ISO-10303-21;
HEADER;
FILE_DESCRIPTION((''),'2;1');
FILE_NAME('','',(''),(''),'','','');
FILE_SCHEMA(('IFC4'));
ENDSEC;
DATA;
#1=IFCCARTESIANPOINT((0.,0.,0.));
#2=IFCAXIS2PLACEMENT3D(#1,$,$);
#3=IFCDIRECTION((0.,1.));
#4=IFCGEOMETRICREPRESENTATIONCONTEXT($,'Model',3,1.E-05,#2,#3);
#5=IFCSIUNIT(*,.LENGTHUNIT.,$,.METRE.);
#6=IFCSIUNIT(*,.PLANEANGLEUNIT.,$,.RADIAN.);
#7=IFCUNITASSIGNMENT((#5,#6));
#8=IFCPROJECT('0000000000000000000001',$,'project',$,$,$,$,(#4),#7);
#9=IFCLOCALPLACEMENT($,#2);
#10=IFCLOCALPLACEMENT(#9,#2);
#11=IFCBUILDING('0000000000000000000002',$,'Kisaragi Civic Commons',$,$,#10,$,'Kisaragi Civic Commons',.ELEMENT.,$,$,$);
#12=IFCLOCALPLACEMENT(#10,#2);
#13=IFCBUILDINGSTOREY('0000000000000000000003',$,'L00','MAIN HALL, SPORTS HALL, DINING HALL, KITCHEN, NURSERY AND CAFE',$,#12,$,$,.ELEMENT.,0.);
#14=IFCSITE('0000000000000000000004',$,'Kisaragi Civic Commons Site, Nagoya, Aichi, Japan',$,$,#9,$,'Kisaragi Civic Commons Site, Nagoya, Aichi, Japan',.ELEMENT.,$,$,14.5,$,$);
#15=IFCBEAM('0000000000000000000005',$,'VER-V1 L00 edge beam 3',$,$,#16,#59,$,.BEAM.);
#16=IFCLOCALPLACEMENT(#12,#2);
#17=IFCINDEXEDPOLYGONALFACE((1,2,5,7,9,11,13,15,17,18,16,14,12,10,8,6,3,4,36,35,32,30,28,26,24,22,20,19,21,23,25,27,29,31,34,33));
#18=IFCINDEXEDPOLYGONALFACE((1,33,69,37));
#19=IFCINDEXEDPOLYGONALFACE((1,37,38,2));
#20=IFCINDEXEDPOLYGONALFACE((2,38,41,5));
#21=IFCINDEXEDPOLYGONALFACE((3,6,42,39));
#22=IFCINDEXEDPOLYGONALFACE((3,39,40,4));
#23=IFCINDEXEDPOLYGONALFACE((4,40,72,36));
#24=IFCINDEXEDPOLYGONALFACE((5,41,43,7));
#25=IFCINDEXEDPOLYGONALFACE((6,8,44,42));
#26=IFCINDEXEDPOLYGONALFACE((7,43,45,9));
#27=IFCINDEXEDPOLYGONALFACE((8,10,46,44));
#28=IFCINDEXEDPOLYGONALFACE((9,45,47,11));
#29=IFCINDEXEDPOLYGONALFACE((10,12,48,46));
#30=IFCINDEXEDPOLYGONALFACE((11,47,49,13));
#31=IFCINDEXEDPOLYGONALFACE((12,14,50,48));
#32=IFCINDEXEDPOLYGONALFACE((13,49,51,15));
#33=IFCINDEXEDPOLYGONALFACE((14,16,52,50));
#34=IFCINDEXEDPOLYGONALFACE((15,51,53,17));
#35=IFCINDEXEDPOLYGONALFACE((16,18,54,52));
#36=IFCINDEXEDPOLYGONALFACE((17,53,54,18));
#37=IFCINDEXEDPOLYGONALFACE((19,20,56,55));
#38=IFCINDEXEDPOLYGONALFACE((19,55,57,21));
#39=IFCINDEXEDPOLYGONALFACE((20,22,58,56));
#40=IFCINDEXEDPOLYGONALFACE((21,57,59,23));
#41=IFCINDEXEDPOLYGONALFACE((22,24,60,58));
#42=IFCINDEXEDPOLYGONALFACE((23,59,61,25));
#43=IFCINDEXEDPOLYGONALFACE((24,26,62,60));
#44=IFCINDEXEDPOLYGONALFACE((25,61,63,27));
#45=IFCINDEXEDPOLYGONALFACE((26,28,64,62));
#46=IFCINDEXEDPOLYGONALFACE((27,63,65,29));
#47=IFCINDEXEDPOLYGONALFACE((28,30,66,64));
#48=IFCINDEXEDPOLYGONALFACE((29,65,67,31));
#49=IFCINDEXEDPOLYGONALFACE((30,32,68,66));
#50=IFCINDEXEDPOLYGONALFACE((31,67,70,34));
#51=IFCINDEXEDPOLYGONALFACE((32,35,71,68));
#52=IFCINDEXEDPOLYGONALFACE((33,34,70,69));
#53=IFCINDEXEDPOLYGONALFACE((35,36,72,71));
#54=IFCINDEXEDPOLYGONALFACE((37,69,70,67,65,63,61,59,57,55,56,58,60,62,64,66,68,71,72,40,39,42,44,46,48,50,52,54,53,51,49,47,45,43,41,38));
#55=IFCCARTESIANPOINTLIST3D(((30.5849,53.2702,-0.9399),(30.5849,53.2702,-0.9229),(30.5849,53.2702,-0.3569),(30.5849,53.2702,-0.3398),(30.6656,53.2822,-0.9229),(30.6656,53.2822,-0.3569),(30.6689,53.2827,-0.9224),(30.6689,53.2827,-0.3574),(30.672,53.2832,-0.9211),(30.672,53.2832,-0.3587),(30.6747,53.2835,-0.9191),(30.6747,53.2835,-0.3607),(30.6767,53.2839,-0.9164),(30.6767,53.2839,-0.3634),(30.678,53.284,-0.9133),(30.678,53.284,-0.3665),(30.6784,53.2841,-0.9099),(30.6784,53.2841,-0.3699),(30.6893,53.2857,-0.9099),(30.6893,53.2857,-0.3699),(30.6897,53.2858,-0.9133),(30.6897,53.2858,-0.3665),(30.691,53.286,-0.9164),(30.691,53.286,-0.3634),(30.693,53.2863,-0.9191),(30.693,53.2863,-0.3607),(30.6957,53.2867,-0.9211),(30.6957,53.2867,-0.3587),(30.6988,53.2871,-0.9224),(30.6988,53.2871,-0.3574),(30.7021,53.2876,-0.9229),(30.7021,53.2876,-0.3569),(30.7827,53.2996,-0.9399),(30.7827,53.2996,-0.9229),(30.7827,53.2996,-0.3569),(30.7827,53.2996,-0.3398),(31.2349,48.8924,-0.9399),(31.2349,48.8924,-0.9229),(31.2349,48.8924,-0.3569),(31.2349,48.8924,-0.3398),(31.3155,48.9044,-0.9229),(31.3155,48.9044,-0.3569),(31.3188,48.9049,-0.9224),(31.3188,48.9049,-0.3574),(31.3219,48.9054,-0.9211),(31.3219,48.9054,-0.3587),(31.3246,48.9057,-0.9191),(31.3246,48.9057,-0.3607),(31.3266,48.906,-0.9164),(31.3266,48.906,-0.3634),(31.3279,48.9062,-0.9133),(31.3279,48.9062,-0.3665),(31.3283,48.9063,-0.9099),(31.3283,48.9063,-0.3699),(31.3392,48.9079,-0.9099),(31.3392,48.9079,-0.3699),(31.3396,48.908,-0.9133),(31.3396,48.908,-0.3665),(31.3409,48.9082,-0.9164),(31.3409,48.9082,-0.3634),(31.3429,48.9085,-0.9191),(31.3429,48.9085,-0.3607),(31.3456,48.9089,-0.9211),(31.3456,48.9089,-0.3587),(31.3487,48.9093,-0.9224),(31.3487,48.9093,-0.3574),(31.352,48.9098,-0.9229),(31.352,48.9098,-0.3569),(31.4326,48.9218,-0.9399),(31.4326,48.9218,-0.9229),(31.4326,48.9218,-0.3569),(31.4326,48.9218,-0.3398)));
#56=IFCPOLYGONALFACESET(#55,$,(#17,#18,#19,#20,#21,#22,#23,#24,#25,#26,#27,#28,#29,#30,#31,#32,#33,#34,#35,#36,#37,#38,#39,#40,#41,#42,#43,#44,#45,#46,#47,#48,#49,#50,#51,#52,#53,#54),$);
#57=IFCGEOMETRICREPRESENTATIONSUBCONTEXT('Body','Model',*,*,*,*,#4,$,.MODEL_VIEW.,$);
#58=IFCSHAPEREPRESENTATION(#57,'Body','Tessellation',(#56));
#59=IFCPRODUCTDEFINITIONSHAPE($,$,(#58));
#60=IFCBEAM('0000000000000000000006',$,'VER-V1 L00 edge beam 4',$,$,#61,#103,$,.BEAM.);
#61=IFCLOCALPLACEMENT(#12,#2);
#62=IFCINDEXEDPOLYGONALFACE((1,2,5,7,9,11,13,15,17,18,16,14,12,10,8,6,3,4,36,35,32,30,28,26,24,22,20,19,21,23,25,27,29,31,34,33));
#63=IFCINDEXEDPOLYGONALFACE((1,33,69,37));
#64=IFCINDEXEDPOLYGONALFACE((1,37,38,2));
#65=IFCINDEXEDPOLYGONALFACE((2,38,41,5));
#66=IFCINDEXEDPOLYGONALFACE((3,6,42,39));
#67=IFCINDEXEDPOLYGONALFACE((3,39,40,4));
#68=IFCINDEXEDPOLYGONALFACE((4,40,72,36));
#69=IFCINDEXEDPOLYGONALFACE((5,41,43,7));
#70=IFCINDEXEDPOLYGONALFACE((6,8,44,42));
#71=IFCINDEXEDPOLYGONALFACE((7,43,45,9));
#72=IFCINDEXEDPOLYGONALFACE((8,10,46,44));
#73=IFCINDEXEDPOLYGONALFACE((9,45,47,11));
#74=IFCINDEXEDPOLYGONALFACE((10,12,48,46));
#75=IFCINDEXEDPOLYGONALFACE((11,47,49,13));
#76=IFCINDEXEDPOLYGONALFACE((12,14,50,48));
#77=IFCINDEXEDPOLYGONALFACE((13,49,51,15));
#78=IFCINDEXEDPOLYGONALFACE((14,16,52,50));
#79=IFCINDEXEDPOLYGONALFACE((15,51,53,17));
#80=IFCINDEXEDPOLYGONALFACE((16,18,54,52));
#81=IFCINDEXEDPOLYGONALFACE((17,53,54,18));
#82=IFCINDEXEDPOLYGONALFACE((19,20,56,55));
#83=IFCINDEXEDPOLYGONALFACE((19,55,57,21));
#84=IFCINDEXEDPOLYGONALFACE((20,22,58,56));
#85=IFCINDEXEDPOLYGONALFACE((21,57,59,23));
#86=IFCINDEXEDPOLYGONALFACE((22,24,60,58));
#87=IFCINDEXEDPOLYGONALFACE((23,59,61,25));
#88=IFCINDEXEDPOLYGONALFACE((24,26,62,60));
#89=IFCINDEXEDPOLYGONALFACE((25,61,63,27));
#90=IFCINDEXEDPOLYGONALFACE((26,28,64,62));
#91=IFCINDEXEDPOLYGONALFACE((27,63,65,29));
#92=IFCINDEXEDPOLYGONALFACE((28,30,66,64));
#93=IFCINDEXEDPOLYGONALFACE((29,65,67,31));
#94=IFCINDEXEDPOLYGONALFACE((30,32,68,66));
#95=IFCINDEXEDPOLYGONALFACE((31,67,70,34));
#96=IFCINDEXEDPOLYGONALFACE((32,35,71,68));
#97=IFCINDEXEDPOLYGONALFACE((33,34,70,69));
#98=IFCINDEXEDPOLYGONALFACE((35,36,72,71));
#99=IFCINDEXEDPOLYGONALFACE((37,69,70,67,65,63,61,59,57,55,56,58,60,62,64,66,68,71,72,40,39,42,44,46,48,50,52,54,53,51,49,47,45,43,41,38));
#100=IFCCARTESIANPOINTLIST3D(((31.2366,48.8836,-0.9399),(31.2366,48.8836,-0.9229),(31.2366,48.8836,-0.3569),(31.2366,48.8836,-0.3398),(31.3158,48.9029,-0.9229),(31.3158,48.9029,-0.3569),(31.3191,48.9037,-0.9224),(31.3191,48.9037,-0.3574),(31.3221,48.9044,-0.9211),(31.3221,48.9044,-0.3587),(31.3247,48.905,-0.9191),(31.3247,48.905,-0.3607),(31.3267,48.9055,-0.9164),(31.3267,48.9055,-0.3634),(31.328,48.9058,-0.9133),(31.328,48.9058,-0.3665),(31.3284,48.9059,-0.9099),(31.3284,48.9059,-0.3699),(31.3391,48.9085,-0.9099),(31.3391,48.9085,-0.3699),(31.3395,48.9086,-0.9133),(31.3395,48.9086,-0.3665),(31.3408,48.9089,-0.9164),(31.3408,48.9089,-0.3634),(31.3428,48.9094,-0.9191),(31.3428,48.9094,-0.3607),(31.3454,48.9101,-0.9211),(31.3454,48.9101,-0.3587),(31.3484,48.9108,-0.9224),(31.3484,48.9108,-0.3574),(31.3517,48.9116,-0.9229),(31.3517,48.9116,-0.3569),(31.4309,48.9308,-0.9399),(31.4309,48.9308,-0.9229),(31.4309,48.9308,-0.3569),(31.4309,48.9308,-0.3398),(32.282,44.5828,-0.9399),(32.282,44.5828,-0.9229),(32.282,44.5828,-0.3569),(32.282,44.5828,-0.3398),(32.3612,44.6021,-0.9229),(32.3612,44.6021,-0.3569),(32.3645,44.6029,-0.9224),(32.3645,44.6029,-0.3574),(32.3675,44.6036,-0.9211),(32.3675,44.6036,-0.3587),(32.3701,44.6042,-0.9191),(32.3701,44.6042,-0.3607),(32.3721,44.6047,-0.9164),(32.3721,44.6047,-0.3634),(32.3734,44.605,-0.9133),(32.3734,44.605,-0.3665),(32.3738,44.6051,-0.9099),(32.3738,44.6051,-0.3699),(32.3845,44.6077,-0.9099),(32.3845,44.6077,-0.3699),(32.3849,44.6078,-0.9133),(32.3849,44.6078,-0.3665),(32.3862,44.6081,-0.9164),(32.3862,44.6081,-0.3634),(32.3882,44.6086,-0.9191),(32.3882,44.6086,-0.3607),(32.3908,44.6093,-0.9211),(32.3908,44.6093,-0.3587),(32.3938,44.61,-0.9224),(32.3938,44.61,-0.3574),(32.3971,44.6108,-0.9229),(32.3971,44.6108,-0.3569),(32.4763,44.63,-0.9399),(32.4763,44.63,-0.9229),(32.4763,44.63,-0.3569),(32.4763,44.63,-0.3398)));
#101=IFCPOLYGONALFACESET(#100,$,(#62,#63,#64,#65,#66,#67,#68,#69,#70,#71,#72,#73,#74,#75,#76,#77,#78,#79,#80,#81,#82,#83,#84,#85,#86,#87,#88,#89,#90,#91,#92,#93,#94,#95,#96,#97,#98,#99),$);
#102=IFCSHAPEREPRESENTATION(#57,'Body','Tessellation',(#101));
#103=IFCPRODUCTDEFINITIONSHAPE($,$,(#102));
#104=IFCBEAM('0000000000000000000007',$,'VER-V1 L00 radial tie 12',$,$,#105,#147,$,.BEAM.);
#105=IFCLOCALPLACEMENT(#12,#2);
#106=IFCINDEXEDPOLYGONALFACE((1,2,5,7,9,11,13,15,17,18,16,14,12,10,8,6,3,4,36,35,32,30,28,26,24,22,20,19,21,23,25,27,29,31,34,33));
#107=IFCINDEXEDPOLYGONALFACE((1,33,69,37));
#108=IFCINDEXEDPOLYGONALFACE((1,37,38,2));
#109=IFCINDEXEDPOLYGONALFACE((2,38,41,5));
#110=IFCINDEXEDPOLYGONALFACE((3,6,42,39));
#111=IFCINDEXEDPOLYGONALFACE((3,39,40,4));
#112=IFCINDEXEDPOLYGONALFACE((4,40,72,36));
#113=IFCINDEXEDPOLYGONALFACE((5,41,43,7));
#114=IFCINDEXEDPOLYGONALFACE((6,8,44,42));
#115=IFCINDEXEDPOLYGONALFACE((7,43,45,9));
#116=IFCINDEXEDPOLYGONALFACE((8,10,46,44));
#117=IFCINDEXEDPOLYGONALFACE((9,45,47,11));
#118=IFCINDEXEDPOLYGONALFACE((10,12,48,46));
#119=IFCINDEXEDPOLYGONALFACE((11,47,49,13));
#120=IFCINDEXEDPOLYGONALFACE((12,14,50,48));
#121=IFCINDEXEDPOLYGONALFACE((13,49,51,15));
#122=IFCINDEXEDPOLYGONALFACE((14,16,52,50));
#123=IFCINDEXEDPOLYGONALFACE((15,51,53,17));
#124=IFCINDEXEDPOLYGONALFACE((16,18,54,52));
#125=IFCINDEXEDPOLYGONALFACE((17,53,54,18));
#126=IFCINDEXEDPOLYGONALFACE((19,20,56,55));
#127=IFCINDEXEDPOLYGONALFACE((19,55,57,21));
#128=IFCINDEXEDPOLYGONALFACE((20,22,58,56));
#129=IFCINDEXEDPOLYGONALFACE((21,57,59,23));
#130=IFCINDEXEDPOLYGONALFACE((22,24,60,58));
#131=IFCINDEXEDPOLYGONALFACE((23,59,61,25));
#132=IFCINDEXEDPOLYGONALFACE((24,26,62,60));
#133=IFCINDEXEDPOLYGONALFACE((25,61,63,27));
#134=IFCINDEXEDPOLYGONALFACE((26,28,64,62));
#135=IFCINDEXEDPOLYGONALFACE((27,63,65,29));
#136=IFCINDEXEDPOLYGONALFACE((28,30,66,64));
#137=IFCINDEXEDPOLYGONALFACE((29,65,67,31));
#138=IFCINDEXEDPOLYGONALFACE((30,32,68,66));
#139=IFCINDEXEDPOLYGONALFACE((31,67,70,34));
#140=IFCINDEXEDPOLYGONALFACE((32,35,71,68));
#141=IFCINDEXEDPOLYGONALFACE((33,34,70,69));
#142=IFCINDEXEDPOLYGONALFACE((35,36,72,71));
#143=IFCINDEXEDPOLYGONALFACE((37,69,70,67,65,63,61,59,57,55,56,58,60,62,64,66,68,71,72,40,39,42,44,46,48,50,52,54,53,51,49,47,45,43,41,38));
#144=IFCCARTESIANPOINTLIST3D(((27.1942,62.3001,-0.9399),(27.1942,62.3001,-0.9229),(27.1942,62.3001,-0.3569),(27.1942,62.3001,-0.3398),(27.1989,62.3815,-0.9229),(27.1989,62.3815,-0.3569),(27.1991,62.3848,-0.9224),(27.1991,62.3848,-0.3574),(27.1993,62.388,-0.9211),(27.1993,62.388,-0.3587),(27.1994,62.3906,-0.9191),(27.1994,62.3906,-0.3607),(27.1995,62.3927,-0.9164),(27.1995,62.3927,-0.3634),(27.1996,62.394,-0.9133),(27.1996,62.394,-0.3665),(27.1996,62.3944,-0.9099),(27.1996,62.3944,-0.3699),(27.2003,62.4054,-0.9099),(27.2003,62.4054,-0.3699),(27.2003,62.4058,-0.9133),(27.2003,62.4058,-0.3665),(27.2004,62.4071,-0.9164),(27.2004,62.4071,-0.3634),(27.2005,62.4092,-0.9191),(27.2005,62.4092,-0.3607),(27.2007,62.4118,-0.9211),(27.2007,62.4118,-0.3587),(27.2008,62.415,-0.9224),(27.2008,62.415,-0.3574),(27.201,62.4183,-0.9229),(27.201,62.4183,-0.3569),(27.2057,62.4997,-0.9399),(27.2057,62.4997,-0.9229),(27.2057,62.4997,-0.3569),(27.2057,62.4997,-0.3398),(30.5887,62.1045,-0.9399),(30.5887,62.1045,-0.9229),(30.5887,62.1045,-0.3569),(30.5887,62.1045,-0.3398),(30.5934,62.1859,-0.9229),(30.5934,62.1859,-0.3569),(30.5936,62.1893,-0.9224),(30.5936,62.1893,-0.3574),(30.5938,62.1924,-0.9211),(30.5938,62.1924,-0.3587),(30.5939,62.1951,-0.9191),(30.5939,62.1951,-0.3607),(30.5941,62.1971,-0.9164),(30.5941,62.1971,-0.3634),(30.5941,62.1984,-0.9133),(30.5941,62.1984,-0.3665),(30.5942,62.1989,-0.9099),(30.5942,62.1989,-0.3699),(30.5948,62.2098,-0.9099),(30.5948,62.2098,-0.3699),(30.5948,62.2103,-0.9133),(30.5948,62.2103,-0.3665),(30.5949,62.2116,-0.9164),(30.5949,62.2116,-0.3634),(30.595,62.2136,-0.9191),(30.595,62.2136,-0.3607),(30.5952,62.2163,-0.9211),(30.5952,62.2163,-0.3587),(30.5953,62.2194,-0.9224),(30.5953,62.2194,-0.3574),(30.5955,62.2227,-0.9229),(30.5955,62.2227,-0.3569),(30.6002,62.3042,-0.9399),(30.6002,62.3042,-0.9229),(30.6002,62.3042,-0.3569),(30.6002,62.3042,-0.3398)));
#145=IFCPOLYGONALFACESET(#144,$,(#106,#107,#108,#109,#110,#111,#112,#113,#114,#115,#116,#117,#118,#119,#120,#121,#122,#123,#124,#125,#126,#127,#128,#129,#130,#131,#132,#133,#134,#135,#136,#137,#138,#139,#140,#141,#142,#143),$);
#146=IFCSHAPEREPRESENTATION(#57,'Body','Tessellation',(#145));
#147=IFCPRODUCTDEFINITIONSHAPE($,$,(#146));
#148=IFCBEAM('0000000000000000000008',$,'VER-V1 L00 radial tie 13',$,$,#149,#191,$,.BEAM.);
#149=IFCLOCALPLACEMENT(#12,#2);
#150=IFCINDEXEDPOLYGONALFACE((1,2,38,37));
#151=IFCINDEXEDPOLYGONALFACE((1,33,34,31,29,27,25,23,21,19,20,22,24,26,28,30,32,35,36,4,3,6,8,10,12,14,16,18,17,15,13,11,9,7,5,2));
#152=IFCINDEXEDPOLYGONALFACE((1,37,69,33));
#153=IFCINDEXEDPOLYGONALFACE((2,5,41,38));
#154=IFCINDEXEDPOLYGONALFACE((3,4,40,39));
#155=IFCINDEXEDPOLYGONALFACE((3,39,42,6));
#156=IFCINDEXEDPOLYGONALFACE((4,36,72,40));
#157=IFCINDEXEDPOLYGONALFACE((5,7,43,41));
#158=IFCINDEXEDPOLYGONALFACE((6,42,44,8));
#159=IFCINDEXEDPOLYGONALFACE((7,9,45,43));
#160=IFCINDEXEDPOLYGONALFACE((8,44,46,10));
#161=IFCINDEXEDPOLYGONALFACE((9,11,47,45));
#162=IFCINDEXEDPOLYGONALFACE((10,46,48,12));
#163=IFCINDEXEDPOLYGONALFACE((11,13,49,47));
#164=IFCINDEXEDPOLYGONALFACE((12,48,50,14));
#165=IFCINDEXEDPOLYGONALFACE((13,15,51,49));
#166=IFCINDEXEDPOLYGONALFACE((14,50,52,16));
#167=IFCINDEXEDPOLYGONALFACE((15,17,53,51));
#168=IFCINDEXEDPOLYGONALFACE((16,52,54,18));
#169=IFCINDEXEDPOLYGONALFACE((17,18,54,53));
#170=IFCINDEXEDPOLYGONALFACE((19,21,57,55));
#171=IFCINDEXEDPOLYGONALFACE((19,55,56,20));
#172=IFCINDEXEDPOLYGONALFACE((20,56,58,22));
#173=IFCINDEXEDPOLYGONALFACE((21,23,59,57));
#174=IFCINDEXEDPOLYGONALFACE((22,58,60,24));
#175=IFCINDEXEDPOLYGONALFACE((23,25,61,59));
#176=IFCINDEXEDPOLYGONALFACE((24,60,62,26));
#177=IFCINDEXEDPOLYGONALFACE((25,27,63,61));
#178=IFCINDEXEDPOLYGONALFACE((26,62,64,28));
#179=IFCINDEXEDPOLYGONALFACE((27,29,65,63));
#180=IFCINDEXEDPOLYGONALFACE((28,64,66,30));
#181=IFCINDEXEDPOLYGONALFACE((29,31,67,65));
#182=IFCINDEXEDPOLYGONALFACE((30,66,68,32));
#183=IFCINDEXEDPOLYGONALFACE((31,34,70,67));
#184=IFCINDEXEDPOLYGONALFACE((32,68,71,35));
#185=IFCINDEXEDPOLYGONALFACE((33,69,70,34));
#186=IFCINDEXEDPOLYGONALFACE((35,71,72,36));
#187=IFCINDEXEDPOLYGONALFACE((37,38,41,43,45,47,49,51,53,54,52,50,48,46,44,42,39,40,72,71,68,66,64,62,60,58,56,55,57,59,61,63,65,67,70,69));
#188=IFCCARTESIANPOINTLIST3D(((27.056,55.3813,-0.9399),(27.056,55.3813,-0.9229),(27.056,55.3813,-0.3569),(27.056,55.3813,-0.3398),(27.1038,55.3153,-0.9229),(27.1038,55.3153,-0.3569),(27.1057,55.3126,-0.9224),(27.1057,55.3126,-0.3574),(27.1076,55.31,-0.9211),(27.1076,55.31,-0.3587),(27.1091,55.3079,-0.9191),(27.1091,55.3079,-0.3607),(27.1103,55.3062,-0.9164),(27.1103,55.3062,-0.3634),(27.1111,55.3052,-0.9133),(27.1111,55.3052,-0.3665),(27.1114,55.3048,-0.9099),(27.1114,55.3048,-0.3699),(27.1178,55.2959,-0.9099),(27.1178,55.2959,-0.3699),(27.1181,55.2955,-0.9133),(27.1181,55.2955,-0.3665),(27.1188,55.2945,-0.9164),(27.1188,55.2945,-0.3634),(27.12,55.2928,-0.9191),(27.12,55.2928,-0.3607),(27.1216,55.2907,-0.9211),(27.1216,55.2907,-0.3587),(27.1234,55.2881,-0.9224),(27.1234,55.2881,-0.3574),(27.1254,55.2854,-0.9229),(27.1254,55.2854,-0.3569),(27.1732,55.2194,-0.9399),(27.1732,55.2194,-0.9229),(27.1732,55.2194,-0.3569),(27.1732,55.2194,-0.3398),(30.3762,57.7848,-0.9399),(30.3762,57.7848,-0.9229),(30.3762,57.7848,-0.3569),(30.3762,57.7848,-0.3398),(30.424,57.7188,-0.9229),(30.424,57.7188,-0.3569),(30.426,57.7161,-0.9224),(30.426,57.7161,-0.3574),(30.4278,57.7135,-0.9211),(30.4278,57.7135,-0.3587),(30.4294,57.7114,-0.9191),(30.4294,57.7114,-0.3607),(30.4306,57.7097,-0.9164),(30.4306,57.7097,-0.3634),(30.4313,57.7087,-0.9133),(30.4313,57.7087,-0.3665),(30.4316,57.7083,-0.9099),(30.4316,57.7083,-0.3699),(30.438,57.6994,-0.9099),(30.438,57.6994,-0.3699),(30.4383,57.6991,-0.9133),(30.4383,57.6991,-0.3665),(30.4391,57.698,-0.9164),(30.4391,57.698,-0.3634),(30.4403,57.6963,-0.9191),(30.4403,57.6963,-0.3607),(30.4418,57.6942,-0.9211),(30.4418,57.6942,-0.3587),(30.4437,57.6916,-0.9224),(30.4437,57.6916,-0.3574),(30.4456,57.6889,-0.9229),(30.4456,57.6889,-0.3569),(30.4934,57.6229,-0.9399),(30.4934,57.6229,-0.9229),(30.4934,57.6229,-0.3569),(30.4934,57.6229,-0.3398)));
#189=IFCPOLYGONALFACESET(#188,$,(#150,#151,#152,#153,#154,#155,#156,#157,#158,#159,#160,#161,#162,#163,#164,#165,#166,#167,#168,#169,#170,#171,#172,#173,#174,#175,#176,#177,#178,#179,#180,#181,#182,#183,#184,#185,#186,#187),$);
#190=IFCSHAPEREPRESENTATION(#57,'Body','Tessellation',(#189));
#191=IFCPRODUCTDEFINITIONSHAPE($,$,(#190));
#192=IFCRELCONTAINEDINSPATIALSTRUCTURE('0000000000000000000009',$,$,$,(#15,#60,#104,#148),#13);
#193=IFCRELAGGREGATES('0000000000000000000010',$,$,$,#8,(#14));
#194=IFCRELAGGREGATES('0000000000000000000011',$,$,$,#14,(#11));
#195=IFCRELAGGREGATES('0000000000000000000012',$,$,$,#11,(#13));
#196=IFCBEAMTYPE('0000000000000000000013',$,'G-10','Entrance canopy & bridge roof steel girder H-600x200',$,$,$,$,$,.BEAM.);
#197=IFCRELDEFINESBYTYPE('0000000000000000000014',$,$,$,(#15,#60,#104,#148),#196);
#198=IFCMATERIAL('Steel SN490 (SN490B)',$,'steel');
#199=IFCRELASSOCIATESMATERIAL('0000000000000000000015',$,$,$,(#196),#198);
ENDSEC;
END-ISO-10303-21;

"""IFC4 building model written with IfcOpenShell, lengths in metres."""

from ifc_helpers import new_model, si_unit, direction, frame, origin, origin_2d, place, context, subcontext, project, spatial, i_section, extrude, material, material_profile, profile_set, type_object, element, save


model = new_model("IFC4")

# Units and contexts
model_context = context("Model", 3, precision=1e-05, world=origin(), true_north=direction((0.0, 1.0)))
body_context = subcontext(model_context, "Body", "Model", "MODEL_VIEW")
ifc_project = project(units=[si_unit("LENGTHUNIT", "METRE"), si_unit("PLANEANGLEUNIT", "RADIAN")], contexts=[model_context])

# Site, building, storey
site_placement = place(None, origin())
site = spatial("IfcSite", under=ifc_project, at=site_placement, Name="Kisaragi Civic Commons Site, Nagoya, Aichi, Japan", LongName="Kisaragi Civic Commons Site, Nagoya, Aichi, Japan", CompositionType="ELEMENT", RefElevation=14.5)
building_placement = place(site_placement, origin())
building = spatial("IfcBuilding", under=site, at=building_placement, Name="Kisaragi Civic Commons", LongName="Kisaragi Civic Commons", CompositionType="ELEMENT")
storey_placement = place(building_placement, origin())
storey = spatial("IfcBuildingStorey", under=building, at=storey_placement, Name="L00", Description="MAIN HALL, SPORTS HALL, DINING HALL, KITCHEN, NURSERY AND CAFE", CompositionType="ELEMENT", Elevation=0.0)

# Beams
ifc_material_1 = material(Name="Steel SN490 (SN490B)", Category="steel")
ifc_material_profile_1 = material_profile(ifc_material_1, i_section(OverallWidth=0.2, OverallDepth=0.6001, WebThickness=0.011, FlangeThickness=0.0171, FilletRadius=0.0129, at=origin_2d()), Name="H-600x200x11x17", Category="steel")
ifc_profile_set_1 = profile_set([ifc_material_profile_1], Name="Steel SN490 (SN490B)")
beam_type_1 = type_object("IfcBeamType", Name="G-10", Description="Entrance canopy & bridge roof steel girder H-600x200", PredefinedType="BEAM", material=ifc_profile_set_1)
beam_1_placement = place(storey_placement, frame((30.6838, 53.2849, -0.6399), z_axis=(0.146849, -0.989159, 0.0), x_axis=(0.989159, 0.146849, 0.0)))
element("IfcBeam", 1, at=beam_1_placement, inside=storey, type_object=beam_type_1, Name="VER-V1 L00 edge beam 3", PredefinedType="BEAM", context=body_context, shape_type="SweptSolid", body=[
    extrude(i_section(OverallWidth=0.2, OverallDepth=0.6001, WebThickness=0.011, FlangeThickness=0.0171, FilletRadius=0.0129, at=origin_2d()), origin(), (0.0, 0.0, 1.0), 4.4258),
])
beam_2_placement = place(storey_placement, frame((31.3337, 48.9072, -0.6399), z_axis=(0.236197, -0.971705, 0.0), x_axis=(0.971705, 0.236197, 0.0)))
element("IfcBeam", 2, at=beam_2_placement, inside=storey, type_object=beam_type_1, Name="VER-V1 L00 edge beam 4", PredefinedType="BEAM", context=body_context, shape_type="SweptSolid", body=[
    extrude(i_section(OverallWidth=0.2, OverallDepth=0.6001, WebThickness=0.011, FlangeThickness=0.0171, FilletRadius=0.0129, at=origin_2d()), origin(), (0.0, 0.0, 1.0), 4.426),
])
beam_3_placement = place(storey_placement, frame((30.5945, 62.2043, -0.6399), z_axis=(-0.998345, 0.057514, 0.0), x_axis=(-0.057514, -0.998345, 0.0)))
element("IfcBeam", 3, at=beam_3_placement, inside=storey, type_object=beam_type_1, Name="VER-V1 L00 radial tie 12", PredefinedType="BEAM", context=body_context, shape_type="SweptSolid", body=[
    extrude(i_section(OverallWidth=0.2, OverallDepth=0.6001, WebThickness=0.011, FlangeThickness=0.0171, FilletRadius=0.0129, at=origin_2d()), origin(), (0.0, 0.0, 1.0), 3.4001),
])
beam_4_placement = place(storey_placement, frame((30.4348, 57.7039, -0.6399), z_axis=(-0.810035, -0.586382, 0.0), x_axis=(0.586382, -0.810035, 0.0)))
element("IfcBeam", 4, at=beam_4_placement, inside=storey, type_object=beam_type_1, Name="VER-V1 L00 radial tie 13", PredefinedType="BEAM", context=body_context, shape_type="SweptSolid", body=[
    extrude(i_section(OverallWidth=0.2, OverallDepth=0.6001, WebThickness=0.011, FlangeThickness=0.0171, FilletRadius=0.0129, at=origin_2d()), origin(), (0.0, 0.0, 1.0), 4.0989),
])

save(model, "model.ifc")
